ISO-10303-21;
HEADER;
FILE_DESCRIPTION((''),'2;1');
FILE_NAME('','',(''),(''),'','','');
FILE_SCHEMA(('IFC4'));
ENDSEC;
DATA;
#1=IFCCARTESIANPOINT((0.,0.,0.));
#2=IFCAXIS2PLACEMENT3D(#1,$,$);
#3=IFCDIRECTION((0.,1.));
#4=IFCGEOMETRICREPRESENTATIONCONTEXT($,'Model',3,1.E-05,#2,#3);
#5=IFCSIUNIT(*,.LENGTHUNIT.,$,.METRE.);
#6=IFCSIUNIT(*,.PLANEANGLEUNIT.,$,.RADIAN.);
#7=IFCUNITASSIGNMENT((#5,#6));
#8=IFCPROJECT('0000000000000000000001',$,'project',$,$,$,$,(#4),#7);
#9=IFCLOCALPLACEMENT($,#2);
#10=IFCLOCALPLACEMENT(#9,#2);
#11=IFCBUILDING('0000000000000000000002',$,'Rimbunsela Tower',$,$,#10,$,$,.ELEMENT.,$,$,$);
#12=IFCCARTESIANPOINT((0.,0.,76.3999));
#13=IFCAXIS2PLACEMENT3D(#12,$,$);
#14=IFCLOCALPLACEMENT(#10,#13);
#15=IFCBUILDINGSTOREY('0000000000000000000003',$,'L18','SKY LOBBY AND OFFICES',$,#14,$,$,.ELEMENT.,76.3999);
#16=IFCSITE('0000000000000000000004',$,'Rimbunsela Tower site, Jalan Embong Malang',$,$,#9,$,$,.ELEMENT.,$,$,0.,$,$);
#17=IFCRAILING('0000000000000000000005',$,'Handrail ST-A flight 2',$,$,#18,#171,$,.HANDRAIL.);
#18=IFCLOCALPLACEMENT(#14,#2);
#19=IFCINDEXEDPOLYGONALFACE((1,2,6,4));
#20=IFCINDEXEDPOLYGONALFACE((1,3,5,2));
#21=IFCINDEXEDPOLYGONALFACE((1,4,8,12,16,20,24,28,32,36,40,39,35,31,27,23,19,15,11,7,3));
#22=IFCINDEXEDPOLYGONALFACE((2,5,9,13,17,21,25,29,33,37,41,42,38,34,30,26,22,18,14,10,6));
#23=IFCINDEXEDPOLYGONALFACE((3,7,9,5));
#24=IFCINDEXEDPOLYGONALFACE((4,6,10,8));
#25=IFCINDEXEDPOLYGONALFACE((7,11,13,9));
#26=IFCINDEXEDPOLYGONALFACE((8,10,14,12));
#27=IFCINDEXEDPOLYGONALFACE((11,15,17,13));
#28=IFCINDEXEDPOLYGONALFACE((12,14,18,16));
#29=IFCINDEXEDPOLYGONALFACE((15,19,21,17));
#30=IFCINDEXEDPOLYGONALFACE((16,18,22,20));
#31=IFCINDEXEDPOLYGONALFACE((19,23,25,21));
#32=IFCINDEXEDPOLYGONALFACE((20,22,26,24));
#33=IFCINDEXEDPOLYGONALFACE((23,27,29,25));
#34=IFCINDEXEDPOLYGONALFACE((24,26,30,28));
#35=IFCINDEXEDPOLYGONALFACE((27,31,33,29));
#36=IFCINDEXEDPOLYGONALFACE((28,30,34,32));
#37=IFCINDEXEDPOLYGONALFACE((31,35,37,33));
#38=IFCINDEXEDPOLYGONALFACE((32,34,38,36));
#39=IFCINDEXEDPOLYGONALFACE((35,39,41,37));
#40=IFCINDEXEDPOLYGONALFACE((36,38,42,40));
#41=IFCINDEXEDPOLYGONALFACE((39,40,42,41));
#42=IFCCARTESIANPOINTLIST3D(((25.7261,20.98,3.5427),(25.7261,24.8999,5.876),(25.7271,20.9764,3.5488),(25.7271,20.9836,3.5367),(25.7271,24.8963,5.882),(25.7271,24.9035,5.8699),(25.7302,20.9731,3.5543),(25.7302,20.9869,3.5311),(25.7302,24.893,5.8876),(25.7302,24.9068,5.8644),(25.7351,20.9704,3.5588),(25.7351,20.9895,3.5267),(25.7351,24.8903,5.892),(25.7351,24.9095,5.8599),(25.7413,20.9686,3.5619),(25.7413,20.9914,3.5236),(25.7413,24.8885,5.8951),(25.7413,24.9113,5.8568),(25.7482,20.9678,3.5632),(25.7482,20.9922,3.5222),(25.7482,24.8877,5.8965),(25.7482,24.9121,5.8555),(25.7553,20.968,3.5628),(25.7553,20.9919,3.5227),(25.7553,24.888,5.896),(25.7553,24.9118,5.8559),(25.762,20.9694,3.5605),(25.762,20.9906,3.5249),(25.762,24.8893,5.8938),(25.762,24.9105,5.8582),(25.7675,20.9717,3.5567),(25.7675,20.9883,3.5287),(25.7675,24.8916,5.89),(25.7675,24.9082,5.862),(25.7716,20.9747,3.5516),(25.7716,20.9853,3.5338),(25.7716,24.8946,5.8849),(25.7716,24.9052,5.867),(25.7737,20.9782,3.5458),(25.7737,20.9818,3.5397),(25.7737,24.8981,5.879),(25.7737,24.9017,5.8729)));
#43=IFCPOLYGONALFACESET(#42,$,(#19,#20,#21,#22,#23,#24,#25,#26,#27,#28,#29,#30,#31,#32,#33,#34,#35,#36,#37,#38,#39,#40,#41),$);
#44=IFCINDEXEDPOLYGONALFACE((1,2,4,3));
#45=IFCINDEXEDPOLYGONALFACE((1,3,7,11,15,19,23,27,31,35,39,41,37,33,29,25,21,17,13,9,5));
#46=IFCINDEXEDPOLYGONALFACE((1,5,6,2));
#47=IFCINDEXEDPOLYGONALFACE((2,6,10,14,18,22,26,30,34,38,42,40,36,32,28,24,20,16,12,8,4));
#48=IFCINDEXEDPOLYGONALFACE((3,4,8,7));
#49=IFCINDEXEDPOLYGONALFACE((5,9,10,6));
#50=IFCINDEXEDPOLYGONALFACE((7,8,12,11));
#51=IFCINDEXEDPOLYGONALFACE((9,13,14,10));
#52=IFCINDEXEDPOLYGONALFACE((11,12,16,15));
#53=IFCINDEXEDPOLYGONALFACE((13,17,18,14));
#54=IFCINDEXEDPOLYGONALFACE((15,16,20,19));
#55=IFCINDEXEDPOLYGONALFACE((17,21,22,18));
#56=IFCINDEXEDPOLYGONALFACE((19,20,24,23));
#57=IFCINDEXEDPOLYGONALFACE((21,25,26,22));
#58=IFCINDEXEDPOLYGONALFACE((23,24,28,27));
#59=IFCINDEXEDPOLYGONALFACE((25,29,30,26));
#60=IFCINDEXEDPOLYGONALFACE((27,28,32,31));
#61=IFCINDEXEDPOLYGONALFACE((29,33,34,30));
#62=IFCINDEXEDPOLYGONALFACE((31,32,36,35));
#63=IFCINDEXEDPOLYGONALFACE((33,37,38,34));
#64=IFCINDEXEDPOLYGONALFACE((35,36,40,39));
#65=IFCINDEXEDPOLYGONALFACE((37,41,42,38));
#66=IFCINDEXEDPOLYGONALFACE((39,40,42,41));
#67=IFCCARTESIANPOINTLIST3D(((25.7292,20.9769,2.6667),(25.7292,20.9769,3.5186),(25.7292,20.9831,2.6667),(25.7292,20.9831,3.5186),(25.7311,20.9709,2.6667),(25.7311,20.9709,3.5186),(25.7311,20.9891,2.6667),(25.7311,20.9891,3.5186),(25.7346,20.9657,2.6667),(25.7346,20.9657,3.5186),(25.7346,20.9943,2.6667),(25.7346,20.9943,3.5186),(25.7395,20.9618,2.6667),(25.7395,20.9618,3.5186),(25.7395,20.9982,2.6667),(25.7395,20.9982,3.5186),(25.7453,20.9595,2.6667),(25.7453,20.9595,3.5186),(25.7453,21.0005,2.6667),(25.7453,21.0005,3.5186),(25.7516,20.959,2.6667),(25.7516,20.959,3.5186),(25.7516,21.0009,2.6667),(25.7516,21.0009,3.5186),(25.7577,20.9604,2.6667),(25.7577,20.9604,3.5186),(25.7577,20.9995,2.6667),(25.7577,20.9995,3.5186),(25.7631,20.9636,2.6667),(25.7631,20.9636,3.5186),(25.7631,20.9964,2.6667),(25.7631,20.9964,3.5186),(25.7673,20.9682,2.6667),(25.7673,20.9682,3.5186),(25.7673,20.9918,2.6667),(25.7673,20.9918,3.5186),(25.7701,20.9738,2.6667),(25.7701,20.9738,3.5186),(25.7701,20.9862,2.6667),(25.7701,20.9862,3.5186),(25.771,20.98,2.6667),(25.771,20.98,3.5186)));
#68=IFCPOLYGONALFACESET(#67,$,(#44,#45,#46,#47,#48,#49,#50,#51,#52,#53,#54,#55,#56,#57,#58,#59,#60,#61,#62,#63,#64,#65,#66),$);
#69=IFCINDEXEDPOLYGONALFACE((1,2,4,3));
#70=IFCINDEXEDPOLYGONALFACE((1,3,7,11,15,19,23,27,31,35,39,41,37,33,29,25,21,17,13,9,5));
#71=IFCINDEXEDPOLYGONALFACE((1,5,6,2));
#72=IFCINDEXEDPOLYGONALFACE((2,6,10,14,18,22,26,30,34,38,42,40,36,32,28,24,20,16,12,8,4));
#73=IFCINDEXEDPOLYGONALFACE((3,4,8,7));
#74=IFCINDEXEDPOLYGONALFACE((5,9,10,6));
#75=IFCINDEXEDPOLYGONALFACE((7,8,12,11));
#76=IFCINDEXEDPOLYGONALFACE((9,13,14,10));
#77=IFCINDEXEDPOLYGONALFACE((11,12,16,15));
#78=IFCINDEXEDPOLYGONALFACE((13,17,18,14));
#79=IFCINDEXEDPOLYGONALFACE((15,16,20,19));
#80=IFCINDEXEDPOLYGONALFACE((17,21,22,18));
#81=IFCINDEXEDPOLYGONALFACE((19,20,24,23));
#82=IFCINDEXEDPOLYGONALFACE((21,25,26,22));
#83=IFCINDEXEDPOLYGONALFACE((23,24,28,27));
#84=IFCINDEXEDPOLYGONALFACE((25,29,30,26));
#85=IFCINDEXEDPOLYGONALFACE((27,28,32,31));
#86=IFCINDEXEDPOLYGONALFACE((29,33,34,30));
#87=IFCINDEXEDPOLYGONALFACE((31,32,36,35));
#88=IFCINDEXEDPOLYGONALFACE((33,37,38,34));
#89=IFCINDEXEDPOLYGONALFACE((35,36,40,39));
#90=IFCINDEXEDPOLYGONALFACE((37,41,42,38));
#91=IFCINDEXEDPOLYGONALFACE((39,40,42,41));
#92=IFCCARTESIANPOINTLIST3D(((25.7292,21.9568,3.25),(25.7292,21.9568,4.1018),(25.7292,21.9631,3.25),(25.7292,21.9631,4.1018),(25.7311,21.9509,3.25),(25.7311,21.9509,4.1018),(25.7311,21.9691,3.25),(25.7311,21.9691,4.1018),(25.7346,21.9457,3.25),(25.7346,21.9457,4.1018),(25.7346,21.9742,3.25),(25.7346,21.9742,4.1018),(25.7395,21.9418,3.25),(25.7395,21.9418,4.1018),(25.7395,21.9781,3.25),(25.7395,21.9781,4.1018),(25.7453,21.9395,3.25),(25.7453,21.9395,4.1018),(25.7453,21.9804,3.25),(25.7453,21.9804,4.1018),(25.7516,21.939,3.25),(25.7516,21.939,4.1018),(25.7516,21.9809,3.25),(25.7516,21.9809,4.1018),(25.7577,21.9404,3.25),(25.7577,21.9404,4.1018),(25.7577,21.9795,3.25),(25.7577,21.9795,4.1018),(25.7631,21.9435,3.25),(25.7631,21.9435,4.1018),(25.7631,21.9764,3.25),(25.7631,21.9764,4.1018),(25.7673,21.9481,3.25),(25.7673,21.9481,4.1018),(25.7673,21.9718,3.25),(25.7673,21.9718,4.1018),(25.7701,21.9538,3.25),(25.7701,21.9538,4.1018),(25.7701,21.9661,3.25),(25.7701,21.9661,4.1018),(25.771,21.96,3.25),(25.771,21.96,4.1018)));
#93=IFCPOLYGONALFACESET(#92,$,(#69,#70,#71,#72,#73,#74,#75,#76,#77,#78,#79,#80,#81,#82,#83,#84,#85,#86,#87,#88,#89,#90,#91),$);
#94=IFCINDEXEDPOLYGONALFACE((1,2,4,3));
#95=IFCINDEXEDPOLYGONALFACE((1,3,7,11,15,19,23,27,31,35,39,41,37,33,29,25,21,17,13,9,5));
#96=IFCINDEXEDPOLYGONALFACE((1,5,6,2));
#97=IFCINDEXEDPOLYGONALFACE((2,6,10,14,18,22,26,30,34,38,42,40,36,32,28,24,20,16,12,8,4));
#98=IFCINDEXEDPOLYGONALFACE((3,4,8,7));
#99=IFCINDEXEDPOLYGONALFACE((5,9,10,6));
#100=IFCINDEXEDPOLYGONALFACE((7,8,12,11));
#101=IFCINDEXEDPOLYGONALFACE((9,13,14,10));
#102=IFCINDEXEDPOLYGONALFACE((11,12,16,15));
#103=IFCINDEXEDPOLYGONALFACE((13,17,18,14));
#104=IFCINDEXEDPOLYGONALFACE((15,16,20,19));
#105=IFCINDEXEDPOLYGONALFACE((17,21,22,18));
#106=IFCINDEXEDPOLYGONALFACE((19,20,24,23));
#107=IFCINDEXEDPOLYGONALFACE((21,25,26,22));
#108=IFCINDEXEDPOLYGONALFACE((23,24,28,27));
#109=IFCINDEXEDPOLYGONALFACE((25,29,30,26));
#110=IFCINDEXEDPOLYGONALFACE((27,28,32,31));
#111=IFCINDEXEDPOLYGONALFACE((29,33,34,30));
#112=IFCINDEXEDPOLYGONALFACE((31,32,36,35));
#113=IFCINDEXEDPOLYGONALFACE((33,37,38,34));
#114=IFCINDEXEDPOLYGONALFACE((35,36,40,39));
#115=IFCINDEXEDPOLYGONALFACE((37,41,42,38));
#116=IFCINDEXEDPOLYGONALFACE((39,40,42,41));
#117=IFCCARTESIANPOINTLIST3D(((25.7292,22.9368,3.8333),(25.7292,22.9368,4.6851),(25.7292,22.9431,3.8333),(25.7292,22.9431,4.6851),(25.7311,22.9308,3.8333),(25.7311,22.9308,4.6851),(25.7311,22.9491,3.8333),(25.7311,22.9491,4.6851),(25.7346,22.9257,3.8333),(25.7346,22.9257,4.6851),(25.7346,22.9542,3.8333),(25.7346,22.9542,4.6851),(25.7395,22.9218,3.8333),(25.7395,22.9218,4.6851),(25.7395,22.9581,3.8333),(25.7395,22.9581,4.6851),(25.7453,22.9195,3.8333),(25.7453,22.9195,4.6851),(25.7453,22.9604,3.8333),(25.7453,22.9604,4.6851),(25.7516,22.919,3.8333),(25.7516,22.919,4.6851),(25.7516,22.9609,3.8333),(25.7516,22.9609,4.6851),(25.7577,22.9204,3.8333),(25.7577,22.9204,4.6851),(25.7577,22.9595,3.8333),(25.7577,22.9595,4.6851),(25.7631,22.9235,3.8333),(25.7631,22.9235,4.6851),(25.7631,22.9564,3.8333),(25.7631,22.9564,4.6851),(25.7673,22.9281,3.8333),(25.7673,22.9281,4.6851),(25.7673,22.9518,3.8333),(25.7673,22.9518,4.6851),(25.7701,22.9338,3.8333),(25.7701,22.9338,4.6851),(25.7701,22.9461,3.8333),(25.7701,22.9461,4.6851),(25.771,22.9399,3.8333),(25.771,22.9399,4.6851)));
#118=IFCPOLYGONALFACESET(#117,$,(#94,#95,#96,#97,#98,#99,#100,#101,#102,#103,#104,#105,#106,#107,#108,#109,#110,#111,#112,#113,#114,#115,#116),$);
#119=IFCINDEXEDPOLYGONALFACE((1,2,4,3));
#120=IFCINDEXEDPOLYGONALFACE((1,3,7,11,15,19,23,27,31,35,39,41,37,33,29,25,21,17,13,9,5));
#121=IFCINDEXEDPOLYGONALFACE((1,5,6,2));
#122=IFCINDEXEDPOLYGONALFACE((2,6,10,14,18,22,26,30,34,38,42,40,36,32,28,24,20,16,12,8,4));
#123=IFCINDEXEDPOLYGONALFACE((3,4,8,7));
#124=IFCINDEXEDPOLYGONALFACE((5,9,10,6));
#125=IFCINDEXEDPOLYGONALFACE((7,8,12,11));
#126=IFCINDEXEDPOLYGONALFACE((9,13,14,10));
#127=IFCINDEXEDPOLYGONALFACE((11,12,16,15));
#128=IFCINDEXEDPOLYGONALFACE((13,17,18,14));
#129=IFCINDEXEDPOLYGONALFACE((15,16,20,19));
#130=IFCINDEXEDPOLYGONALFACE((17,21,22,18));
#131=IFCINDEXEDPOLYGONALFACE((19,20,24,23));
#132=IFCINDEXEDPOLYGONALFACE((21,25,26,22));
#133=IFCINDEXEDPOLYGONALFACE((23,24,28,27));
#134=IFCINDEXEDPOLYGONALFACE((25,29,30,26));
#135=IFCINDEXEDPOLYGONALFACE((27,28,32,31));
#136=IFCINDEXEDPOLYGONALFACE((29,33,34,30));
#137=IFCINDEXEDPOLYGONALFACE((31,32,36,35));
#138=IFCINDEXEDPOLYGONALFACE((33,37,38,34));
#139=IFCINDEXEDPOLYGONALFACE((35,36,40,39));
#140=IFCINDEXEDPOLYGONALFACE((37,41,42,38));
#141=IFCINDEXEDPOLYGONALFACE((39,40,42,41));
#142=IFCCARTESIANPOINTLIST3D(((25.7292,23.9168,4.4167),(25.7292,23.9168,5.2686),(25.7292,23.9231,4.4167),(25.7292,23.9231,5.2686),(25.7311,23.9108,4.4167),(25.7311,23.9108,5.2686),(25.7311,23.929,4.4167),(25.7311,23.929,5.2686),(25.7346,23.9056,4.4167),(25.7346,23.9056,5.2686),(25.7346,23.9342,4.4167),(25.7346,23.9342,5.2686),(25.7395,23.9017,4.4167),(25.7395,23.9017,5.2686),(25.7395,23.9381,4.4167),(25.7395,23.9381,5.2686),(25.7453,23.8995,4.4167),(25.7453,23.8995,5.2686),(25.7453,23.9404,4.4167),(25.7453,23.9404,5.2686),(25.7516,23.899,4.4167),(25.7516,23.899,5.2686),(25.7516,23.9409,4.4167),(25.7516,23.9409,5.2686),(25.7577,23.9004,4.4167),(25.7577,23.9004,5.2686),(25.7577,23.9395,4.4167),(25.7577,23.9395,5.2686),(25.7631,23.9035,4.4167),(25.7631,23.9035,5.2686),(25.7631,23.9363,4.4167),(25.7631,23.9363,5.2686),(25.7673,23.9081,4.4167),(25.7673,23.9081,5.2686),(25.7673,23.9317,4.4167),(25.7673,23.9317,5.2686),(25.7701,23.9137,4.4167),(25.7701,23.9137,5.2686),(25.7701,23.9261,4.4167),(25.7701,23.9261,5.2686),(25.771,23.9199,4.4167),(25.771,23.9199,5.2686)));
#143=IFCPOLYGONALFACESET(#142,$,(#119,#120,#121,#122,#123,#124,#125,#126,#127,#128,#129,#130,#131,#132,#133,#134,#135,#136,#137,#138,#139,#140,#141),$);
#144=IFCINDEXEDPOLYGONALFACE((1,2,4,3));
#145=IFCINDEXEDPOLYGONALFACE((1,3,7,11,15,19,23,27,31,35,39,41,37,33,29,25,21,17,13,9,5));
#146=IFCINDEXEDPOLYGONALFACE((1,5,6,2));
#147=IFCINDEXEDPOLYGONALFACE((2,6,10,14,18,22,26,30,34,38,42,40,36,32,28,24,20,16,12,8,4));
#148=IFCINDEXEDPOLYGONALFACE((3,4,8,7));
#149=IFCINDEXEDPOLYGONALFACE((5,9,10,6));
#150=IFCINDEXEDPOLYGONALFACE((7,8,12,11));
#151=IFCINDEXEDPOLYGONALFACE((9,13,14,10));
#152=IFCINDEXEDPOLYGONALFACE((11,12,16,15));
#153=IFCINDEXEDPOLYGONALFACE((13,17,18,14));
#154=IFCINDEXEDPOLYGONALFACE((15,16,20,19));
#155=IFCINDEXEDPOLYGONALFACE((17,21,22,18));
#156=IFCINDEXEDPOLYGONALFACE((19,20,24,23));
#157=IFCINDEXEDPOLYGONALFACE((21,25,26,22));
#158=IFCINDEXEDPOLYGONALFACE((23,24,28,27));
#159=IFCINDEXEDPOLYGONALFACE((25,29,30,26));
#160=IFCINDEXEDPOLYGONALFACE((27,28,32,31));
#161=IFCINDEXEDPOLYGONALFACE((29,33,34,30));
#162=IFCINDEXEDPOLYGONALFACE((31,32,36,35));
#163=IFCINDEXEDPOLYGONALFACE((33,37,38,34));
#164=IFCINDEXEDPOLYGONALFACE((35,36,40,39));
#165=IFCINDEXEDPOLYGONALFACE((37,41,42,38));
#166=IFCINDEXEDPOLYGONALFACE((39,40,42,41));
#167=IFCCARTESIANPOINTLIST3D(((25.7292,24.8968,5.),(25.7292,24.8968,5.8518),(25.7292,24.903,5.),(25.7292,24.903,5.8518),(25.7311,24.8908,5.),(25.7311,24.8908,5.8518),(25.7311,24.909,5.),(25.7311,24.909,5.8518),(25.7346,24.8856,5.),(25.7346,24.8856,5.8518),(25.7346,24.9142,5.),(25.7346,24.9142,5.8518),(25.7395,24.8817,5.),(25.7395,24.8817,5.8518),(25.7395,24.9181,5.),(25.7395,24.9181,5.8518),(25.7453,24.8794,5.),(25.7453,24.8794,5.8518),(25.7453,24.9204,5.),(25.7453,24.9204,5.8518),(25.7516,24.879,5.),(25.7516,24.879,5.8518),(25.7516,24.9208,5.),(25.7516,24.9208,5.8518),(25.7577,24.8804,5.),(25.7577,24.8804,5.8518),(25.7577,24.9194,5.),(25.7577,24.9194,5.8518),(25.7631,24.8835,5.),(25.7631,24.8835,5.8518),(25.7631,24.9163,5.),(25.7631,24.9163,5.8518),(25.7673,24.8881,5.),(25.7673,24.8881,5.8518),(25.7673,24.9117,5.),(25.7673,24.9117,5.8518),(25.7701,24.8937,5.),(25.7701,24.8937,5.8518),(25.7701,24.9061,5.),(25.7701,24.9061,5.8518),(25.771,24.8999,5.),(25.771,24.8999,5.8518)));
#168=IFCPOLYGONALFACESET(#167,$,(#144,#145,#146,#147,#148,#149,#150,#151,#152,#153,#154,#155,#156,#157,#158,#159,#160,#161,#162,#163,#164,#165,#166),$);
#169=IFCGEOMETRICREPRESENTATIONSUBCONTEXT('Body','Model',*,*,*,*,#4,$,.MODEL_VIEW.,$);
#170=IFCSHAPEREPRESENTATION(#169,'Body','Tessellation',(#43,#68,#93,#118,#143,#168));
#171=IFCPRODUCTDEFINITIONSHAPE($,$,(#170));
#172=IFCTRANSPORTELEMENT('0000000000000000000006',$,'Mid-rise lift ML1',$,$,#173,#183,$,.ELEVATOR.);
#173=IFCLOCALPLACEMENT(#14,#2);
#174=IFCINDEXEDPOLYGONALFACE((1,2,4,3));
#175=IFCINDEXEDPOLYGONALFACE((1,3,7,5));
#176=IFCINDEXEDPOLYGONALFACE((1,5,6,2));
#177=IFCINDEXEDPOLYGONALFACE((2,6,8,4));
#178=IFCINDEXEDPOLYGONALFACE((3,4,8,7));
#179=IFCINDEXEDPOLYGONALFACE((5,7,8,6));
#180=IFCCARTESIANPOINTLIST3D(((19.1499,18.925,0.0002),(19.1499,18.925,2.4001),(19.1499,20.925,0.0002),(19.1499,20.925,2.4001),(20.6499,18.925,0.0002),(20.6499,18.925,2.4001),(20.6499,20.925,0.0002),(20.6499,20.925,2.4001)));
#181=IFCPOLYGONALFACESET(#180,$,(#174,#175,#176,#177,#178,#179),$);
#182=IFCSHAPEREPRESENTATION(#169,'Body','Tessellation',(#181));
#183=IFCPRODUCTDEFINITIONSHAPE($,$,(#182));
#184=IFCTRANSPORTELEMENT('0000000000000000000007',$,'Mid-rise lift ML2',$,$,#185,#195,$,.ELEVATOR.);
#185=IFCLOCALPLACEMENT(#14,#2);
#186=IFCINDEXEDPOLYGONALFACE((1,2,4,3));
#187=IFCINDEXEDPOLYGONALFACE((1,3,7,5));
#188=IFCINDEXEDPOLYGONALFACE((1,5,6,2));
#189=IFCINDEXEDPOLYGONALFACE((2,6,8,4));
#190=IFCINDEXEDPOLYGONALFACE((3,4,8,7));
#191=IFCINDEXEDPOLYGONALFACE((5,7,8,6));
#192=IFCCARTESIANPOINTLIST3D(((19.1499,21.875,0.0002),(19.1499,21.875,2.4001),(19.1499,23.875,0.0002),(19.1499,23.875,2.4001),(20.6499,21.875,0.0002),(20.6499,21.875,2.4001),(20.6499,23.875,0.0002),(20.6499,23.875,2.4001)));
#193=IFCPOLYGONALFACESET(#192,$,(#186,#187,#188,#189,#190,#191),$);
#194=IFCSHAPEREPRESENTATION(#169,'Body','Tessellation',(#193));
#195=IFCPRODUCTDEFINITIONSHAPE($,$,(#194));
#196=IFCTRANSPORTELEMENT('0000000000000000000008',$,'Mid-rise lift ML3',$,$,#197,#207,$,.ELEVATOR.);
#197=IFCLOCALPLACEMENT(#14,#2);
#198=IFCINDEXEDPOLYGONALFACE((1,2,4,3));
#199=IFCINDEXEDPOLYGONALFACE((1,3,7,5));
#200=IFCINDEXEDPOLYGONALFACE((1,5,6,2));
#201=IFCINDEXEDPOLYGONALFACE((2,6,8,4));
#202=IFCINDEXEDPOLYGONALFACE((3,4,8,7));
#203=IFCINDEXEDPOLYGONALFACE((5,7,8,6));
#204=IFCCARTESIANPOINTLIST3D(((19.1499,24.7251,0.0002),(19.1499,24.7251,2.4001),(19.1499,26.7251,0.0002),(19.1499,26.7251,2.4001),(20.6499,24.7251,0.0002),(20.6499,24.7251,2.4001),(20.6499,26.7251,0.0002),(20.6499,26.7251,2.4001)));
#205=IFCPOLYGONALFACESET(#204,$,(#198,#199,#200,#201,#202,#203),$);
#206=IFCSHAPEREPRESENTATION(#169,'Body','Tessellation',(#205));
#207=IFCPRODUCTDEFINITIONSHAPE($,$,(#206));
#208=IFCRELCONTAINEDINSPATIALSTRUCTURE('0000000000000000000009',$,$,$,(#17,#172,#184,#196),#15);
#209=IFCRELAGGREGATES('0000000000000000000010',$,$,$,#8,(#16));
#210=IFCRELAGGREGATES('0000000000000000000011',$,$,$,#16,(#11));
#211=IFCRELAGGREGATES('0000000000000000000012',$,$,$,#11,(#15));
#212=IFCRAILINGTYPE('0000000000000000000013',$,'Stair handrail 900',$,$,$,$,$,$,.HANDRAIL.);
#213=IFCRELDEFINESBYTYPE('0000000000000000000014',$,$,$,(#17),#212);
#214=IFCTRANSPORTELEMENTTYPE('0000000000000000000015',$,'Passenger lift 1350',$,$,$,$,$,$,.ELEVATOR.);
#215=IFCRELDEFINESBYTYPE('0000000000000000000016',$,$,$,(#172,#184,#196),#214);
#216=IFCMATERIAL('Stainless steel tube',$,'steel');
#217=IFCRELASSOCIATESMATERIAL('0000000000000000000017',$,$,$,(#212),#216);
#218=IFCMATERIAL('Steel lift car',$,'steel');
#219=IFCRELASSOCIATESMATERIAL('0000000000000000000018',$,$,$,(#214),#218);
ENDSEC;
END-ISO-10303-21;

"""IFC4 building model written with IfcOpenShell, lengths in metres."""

from ifc_helpers import new_model, si_unit, direction, frame, origin, origin_2d, place, context, subcontext, project, spatial, rectangle, circle, extrude, material, type_object, element, save


model = new_model("IFC4")

# Units and contexts
model_context = context("Model", 3, precision=1e-05, world=origin(), true_north=direction((0.0, 1.0)))
body_context = subcontext(model_context, "Body", "Model", "MODEL_VIEW")
ifc_project = project(units=[si_unit("LENGTHUNIT", "METRE"), si_unit("PLANEANGLEUNIT", "RADIAN")], contexts=[model_context])

# Site, building, storey
site_placement = place(None, origin())
site = spatial("IfcSite", under=ifc_project, at=site_placement, Name="Rimbunsela Tower site, Jalan Embong Malang", CompositionType="ELEMENT", RefElevation=0.0)
building_placement = place(site_placement, origin())
building = spatial("IfcBuilding", under=site, at=building_placement, Name="Rimbunsela Tower", CompositionType="ELEMENT")
storey_placement = place(building_placement, frame((0.0, 0.0, 76.3999)))
storey = spatial("IfcBuildingStorey", under=building, at=storey_placement, Name="L18", Description="SKY LOBBY AND OFFICES", CompositionType="ELEMENT", Elevation=76.3999)

# Railing
ifc_material_1 = material(Name="Stainless steel tube", Category="steel")
railing_type = type_object("IfcRailingType", Name="Stair handrail 900", PredefinedType="HANDRAIL", material=ifc_material_1)
railing_1_placement = place(storey_placement, frame((25.75, 20.98, 2.6667)))
element("IfcRailing", 1, at=railing_1_placement, inside=storey, type_object=railing_type, Name="Handrail ST-A flight 2", PredefinedType="HANDRAIL", context=body_context, shape_type="SweptSolid", body=[
    extrude(circle(Radius=0.0239, at=origin_2d()), frame((0.0, 0.0, 0.876), z_axis=(0.0, 0.859296, 0.511478), x_axis=(-1.0, 0.0, 0.0)), (0.0, 0.0, 1.0), 4.5618),
    extrude(circle(Radius=0.021, at=origin_2d()), origin(), (0.0, 0.0, 1.0), 0.8518),
    extrude(circle(Radius=0.021, at=origin_2d()), frame((0.0, 0.98, 0.5833)), (0.0, 0.0, 1.0), 0.8518),
    extrude(circle(Radius=0.021, at=origin_2d()), frame((0.0, 1.96, 1.1665)), (0.0, 0.0, 1.0), 0.8518),
    extrude(circle(Radius=0.021, at=origin_2d()), frame((0.0, 2.9399, 1.75)), (0.0, 0.0, 1.0), 0.8518),
    extrude(circle(Radius=0.021, at=origin_2d()), frame((0.0, 3.9199, 2.3333)), (0.0, 0.0, 1.0), 0.8518),
])

# Transport elements
ifc_material_2 = material(Name="Steel lift car", Category="steel")
transport_element_type = type_object("IfcTransportElementType", Name="Passenger lift 1350", PredefinedType="ELEVATOR", material=ifc_material_2)
for number, where, z_axis, x_axis, name in (
    (2, (19.8999, 19.925, 0.0002), (0.0, 0.0, 1.0), (1.0, 0.0, 0.0), "Mid-rise lift ML1"),
    (3, (19.8999, 22.875, 0.0002), (0.0, 0.0, 1.0), (1.0, 0.0, 0.0), "Mid-rise lift ML2"),
    (4, (19.8999, 25.7251, 0.0002), (0.0, 0.0, 1.0), (1.0, 0.0, 0.0), "Mid-rise lift ML3"),
):
    element("IfcTransportElement", number, at=place(storey_placement, frame(where, z_axis=z_axis, x_axis=x_axis)), inside=storey, type_object=transport_element_type, Name=name, PredefinedType="ELEVATOR", context=body_context, shape_type="SweptSolid", body=[
        extrude(rectangle(XDim=1.5, YDim=2.0, at=origin_2d()), origin(), (0.0, 0.0, 1.0), 2.3999),
    ])

save(model, "model.ifc")
